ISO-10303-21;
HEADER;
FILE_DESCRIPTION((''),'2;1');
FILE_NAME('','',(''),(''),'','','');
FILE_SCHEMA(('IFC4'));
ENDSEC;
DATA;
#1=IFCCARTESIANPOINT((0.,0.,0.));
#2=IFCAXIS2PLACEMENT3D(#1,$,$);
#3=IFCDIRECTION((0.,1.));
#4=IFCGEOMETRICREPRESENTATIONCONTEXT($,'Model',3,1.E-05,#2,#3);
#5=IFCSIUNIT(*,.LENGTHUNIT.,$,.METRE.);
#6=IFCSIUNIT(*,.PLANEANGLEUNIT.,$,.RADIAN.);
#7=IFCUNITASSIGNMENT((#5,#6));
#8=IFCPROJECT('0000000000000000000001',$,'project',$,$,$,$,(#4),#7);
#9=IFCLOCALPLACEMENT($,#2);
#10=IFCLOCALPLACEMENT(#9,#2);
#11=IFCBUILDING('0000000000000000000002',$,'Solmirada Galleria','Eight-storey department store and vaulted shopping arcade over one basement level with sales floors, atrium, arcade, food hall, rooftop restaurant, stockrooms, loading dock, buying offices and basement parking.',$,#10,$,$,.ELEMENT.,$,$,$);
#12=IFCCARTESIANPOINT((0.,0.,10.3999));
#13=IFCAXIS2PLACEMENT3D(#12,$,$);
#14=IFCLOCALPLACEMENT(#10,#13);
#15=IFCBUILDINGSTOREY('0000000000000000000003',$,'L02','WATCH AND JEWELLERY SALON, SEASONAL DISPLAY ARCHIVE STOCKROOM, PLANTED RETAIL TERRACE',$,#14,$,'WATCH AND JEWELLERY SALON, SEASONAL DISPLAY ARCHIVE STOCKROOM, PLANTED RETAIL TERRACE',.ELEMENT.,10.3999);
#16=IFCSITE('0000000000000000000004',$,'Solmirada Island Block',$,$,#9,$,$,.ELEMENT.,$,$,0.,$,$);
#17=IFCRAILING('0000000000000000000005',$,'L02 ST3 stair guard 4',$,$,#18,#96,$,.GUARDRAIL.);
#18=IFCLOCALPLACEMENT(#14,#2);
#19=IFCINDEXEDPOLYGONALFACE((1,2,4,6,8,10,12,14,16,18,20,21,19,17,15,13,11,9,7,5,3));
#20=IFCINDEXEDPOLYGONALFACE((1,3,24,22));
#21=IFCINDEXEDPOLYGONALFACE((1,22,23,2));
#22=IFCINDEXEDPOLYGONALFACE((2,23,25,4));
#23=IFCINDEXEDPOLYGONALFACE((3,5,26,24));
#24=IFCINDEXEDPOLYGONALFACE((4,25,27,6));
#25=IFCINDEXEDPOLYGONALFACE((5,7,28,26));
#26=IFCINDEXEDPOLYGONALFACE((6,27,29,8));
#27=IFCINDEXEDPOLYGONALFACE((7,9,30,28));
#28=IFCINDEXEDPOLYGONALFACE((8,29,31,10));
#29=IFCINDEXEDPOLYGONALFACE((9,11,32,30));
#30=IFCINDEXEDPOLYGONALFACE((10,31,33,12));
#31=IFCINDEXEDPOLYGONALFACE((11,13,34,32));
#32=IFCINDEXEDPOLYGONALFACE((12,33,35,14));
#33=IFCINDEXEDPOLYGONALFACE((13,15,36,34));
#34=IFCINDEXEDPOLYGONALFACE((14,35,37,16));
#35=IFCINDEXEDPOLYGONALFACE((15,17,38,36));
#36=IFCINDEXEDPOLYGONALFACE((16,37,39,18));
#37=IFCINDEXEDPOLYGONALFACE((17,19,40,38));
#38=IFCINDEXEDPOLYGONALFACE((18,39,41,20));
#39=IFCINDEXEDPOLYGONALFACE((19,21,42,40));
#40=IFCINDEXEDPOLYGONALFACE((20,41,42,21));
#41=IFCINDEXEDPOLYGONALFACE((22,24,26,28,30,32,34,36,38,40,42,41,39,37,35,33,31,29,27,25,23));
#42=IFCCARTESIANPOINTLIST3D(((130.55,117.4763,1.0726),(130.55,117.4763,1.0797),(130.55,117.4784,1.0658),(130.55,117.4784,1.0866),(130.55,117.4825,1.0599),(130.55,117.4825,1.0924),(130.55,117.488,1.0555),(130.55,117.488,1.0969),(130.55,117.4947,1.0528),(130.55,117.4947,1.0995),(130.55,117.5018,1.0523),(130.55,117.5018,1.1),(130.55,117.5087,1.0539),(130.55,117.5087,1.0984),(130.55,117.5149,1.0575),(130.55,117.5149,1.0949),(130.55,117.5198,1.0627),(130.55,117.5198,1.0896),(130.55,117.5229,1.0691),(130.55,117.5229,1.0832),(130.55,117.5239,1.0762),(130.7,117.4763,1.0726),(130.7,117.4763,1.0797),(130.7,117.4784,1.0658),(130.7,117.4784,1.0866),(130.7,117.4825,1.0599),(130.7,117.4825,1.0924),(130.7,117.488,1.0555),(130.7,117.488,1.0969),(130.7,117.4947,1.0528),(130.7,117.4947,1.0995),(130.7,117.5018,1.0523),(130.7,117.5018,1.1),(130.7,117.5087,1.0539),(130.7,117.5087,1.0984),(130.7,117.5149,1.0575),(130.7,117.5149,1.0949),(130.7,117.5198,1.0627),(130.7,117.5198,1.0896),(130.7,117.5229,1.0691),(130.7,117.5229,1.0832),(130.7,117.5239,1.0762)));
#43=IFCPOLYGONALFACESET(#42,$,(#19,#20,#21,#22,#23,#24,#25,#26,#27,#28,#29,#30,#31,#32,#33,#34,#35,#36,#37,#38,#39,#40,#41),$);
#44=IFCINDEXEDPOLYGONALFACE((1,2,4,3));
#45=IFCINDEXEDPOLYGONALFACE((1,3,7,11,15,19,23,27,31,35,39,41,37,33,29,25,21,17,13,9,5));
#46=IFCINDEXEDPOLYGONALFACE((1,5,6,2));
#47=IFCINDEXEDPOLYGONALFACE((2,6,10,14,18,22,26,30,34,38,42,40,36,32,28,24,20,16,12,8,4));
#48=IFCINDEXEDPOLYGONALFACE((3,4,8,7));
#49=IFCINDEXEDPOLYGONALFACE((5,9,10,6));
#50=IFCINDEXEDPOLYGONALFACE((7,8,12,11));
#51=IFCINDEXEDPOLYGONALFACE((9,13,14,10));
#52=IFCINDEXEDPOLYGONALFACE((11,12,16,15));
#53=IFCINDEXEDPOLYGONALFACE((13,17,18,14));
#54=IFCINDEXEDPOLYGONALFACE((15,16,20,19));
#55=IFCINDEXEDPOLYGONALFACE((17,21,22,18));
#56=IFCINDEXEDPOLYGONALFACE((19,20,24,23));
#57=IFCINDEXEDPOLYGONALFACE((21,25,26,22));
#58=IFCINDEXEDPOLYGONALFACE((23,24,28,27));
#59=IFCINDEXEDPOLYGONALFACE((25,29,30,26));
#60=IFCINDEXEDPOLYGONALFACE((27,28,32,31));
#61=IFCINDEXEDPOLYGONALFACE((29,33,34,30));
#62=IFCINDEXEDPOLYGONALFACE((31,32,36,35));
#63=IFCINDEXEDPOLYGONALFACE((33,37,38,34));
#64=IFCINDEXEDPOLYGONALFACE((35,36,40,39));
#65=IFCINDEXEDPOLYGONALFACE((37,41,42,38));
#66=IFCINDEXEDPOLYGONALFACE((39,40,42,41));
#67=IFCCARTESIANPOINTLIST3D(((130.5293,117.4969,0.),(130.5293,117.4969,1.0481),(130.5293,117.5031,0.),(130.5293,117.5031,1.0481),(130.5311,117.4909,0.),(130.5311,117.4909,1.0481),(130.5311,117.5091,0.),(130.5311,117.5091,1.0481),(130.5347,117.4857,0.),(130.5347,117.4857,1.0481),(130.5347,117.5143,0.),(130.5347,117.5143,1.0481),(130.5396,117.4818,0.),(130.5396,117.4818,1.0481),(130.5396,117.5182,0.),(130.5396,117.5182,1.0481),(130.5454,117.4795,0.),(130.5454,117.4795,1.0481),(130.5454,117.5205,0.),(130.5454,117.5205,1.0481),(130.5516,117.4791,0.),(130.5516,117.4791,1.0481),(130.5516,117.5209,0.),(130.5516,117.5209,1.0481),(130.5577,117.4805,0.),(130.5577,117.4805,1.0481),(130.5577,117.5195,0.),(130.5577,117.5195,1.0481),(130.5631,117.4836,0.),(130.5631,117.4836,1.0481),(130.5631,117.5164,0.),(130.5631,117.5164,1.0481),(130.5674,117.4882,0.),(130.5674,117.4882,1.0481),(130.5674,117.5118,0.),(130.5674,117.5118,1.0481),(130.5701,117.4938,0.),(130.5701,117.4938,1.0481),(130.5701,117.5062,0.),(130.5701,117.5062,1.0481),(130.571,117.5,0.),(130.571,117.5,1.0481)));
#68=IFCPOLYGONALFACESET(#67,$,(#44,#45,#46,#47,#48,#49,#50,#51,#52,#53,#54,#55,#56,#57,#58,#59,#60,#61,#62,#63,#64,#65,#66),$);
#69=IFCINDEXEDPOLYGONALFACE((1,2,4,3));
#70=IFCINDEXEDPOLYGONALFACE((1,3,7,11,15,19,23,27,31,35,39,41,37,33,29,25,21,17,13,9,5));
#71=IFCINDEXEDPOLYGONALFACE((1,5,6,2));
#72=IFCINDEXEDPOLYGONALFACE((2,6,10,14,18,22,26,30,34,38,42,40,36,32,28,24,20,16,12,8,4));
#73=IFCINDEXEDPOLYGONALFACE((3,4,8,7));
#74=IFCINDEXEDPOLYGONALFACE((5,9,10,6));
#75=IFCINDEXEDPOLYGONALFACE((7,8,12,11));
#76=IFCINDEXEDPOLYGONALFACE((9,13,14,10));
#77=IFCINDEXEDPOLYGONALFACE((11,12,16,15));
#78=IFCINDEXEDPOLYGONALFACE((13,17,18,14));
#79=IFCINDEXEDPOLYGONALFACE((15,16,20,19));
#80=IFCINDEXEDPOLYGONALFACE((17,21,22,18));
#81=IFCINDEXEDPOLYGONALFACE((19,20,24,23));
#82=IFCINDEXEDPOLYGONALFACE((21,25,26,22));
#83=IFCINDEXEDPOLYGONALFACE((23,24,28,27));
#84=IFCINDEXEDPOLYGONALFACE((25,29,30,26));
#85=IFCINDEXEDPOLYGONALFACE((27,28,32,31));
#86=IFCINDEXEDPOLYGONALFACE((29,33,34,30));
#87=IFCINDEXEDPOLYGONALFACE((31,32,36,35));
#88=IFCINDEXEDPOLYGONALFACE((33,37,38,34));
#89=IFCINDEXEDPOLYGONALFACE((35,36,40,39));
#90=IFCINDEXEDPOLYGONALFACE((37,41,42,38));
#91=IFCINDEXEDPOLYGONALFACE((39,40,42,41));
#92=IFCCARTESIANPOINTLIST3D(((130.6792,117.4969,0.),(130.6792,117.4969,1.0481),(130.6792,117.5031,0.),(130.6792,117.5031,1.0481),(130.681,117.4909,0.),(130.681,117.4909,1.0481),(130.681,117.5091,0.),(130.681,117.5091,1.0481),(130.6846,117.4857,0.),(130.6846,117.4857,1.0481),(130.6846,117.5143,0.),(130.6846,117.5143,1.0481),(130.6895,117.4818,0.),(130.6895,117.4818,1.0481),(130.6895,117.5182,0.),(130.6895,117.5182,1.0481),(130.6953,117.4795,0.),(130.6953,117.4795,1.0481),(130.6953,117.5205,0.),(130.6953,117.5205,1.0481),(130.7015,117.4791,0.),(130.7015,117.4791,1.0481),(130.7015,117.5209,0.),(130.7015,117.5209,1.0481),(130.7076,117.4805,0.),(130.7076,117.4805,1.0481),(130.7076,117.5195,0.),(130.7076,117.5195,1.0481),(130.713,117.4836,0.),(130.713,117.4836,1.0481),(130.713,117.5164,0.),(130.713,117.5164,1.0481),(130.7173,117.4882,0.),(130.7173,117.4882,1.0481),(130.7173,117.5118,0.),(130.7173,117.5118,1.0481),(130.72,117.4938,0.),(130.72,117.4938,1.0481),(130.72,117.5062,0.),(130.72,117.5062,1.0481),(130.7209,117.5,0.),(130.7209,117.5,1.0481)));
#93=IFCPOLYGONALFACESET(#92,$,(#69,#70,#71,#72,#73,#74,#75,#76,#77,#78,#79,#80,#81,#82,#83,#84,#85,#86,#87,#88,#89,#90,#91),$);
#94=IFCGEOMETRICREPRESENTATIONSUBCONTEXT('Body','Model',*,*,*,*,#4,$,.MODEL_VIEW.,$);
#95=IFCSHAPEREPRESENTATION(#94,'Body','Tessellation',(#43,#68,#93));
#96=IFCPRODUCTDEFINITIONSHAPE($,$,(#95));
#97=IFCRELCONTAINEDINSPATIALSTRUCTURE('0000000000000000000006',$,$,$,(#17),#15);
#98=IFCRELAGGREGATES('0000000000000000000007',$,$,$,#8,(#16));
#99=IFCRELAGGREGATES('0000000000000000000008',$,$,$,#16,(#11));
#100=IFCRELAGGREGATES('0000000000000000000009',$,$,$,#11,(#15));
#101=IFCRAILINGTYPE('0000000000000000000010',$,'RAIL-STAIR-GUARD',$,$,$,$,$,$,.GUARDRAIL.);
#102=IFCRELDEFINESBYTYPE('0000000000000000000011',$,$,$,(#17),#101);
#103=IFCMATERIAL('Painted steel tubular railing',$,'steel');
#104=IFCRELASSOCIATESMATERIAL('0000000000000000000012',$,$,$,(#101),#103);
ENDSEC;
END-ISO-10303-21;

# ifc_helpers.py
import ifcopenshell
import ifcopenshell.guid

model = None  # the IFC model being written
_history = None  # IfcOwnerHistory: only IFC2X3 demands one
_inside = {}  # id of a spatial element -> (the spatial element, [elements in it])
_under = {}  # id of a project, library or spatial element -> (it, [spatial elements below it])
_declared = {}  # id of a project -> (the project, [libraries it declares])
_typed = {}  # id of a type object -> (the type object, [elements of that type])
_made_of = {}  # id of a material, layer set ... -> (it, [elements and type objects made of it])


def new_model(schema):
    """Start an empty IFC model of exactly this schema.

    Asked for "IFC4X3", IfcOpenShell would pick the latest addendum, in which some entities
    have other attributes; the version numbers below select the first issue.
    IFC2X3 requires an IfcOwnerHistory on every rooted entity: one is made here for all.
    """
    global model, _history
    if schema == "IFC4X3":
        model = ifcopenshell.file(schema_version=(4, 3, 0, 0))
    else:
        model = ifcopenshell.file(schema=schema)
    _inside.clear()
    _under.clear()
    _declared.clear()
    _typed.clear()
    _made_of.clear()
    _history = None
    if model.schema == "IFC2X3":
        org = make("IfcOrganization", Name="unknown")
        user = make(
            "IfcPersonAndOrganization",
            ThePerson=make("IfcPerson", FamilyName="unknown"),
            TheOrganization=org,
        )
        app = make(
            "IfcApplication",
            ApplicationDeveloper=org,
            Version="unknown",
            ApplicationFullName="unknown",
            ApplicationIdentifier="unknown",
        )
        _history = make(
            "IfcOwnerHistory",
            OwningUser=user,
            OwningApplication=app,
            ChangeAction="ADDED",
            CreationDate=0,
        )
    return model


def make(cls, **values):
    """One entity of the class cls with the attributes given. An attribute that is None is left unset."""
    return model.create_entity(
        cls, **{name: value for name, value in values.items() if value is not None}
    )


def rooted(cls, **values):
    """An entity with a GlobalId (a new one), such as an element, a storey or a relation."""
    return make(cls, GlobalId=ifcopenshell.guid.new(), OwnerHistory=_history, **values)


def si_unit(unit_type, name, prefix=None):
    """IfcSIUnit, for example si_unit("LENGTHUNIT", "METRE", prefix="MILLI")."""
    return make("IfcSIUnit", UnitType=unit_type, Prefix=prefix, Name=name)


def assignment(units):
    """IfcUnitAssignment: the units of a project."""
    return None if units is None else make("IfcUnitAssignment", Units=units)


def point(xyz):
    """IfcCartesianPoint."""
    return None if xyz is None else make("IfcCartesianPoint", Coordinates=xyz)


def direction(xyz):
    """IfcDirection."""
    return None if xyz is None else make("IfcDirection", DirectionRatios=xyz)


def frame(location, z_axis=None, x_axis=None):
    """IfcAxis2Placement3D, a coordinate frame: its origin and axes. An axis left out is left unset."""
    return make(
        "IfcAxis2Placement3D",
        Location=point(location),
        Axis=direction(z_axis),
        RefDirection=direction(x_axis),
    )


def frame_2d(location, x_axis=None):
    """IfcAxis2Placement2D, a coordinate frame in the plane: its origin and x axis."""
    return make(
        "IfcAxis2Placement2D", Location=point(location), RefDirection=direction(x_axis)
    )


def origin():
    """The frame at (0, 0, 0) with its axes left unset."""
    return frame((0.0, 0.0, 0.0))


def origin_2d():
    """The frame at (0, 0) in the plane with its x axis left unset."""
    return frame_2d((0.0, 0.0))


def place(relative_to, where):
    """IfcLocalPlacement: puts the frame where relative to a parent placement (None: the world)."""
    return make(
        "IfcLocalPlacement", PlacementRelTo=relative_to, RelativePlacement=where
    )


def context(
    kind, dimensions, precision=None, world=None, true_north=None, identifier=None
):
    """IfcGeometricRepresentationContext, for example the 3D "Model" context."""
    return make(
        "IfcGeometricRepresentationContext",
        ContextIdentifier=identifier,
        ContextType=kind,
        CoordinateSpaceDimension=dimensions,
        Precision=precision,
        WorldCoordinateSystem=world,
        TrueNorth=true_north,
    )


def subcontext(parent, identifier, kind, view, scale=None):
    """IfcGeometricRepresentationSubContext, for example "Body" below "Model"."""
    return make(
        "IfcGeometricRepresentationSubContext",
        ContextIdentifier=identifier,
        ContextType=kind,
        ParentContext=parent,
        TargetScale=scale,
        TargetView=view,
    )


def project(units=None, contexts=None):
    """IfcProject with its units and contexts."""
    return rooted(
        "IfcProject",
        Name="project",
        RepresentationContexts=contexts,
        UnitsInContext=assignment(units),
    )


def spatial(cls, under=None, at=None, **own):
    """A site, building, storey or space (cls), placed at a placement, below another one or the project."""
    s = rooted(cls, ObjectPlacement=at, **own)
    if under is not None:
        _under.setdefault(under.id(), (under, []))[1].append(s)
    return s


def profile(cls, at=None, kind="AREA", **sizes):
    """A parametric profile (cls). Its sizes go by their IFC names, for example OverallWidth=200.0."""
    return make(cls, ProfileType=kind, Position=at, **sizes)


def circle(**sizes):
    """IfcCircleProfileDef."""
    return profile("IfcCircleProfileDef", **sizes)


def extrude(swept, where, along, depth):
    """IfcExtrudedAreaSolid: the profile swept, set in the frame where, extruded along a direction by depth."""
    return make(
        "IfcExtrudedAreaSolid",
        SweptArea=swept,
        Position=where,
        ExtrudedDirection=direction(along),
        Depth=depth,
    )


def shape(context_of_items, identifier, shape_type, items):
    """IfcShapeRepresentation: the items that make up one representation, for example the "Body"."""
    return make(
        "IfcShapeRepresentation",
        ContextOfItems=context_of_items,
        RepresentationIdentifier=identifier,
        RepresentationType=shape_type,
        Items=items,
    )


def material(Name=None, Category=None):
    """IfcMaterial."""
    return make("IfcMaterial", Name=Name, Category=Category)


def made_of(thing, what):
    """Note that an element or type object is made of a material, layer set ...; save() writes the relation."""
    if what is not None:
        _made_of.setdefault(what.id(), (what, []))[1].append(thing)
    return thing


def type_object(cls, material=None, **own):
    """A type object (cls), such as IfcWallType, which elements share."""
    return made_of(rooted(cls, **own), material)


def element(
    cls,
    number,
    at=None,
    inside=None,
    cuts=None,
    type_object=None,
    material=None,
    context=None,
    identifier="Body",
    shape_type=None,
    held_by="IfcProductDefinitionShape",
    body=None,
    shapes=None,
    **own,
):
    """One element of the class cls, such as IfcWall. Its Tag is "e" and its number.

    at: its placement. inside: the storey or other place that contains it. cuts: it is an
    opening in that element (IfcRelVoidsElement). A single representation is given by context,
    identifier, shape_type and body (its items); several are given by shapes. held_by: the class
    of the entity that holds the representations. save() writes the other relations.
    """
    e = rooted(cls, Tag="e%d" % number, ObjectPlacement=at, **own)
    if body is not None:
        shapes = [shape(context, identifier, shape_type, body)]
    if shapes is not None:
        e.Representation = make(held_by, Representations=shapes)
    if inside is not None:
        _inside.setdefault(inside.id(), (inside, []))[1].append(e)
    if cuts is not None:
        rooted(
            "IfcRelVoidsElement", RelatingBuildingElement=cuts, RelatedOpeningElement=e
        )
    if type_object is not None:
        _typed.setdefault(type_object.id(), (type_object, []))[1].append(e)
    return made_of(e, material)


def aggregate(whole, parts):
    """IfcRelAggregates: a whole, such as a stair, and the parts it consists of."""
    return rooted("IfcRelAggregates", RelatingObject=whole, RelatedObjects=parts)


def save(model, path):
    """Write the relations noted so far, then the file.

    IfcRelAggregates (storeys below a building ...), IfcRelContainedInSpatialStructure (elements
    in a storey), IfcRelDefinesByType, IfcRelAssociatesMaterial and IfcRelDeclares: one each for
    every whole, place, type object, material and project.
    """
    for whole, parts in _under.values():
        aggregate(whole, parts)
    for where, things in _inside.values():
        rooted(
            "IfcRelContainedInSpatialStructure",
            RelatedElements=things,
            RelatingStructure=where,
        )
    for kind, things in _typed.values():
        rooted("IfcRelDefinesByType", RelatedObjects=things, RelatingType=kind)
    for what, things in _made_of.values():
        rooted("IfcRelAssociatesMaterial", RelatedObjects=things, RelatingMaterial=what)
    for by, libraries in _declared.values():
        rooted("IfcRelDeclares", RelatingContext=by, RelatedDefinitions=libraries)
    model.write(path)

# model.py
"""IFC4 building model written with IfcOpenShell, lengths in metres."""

from ifc_helpers import new_model, si_unit, direction, frame, origin, origin_2d, place, context, subcontext, project, spatial, circle, extrude, material, type_object, element, save


model = new_model("IFC4")

# Units and contexts
model_context = context("Model", 3, precision=1e-05, world=origin(), true_north=direction((0.0, 1.0)))
body_context = subcontext(model_context, "Body", "Model", "MODEL_VIEW")
ifc_project = project(units=[si_unit("LENGTHUNIT", "METRE"), si_unit("PLANEANGLEUNIT", "RADIAN")], contexts=[model_context])

# Site, building, storey
site_placement = place(None, origin())
site = spatial("IfcSite", under=ifc_project, at=site_placement, Name="Solmirada Island Block", CompositionType="ELEMENT", RefElevation=0.0)
building_placement = place(site_placement, origin())
building = spatial("IfcBuilding", under=site, at=building_placement, Name="Solmirada Galleria", Description="Eight-storey department store and vaulted shopping arcade over one basement level with sales floors, atrium, arcade, food hall, rooftop restaurant, stockrooms, loading dock, buying offices and basement parking.", CompositionType="ELEMENT")
storey_placement = place(building_placement, frame((0.0, 0.0, 10.3999)))
storey = spatial("IfcBuildingStorey", under=building, at=storey_placement, Name="L02", Description="WATCH AND JEWELLERY SALON, SEASONAL DISPLAY ARCHIVE STOCKROOM, PLANTED RETAIL TERRACE", LongName="WATCH AND JEWELLERY SALON, SEASONAL DISPLAY ARCHIVE STOCKROOM, PLANTED RETAIL TERRACE", CompositionType="ELEMENT", Elevation=10.3999)

# Railing
ifc_material_1 = material(Name="Painted steel tubular railing", Category="steel")
railing_type = type_object("IfcRailingType", Name="RAIL-STAIR-GUARD", PredefinedType="GUARDRAIL", material=ifc_material_1)
railing_1_placement = place(storey_placement, frame((130.55, 117.5, 0.0)))
element("IfcRailing", 1, at=railing_1_placement, inside=storey, type_object=railing_type, Name="L02 ST3 stair guard 4", PredefinedType="GUARDRAIL", context=body_context, shape_type="SweptSolid", body=[
    extrude(circle(Radius=0.0239, at=origin_2d()), frame((0.0, 0.0, 1.0762), z_axis=(1.0, 0.0, 0.0), x_axis=(0.0, 1.0, 0.0)), (0.0, 0.0, 1.0), 0.1499),
    extrude(circle(Radius=0.021, at=origin_2d()), origin(), (0.0, 0.0, 1.0), 1.0481),
    extrude(circle(Radius=0.021, at=origin_2d()), frame((0.1499, 0.0, 0.0)), (0.0, 0.0, 1.0), 1.0481),
])

save(model, "model.ifc")
